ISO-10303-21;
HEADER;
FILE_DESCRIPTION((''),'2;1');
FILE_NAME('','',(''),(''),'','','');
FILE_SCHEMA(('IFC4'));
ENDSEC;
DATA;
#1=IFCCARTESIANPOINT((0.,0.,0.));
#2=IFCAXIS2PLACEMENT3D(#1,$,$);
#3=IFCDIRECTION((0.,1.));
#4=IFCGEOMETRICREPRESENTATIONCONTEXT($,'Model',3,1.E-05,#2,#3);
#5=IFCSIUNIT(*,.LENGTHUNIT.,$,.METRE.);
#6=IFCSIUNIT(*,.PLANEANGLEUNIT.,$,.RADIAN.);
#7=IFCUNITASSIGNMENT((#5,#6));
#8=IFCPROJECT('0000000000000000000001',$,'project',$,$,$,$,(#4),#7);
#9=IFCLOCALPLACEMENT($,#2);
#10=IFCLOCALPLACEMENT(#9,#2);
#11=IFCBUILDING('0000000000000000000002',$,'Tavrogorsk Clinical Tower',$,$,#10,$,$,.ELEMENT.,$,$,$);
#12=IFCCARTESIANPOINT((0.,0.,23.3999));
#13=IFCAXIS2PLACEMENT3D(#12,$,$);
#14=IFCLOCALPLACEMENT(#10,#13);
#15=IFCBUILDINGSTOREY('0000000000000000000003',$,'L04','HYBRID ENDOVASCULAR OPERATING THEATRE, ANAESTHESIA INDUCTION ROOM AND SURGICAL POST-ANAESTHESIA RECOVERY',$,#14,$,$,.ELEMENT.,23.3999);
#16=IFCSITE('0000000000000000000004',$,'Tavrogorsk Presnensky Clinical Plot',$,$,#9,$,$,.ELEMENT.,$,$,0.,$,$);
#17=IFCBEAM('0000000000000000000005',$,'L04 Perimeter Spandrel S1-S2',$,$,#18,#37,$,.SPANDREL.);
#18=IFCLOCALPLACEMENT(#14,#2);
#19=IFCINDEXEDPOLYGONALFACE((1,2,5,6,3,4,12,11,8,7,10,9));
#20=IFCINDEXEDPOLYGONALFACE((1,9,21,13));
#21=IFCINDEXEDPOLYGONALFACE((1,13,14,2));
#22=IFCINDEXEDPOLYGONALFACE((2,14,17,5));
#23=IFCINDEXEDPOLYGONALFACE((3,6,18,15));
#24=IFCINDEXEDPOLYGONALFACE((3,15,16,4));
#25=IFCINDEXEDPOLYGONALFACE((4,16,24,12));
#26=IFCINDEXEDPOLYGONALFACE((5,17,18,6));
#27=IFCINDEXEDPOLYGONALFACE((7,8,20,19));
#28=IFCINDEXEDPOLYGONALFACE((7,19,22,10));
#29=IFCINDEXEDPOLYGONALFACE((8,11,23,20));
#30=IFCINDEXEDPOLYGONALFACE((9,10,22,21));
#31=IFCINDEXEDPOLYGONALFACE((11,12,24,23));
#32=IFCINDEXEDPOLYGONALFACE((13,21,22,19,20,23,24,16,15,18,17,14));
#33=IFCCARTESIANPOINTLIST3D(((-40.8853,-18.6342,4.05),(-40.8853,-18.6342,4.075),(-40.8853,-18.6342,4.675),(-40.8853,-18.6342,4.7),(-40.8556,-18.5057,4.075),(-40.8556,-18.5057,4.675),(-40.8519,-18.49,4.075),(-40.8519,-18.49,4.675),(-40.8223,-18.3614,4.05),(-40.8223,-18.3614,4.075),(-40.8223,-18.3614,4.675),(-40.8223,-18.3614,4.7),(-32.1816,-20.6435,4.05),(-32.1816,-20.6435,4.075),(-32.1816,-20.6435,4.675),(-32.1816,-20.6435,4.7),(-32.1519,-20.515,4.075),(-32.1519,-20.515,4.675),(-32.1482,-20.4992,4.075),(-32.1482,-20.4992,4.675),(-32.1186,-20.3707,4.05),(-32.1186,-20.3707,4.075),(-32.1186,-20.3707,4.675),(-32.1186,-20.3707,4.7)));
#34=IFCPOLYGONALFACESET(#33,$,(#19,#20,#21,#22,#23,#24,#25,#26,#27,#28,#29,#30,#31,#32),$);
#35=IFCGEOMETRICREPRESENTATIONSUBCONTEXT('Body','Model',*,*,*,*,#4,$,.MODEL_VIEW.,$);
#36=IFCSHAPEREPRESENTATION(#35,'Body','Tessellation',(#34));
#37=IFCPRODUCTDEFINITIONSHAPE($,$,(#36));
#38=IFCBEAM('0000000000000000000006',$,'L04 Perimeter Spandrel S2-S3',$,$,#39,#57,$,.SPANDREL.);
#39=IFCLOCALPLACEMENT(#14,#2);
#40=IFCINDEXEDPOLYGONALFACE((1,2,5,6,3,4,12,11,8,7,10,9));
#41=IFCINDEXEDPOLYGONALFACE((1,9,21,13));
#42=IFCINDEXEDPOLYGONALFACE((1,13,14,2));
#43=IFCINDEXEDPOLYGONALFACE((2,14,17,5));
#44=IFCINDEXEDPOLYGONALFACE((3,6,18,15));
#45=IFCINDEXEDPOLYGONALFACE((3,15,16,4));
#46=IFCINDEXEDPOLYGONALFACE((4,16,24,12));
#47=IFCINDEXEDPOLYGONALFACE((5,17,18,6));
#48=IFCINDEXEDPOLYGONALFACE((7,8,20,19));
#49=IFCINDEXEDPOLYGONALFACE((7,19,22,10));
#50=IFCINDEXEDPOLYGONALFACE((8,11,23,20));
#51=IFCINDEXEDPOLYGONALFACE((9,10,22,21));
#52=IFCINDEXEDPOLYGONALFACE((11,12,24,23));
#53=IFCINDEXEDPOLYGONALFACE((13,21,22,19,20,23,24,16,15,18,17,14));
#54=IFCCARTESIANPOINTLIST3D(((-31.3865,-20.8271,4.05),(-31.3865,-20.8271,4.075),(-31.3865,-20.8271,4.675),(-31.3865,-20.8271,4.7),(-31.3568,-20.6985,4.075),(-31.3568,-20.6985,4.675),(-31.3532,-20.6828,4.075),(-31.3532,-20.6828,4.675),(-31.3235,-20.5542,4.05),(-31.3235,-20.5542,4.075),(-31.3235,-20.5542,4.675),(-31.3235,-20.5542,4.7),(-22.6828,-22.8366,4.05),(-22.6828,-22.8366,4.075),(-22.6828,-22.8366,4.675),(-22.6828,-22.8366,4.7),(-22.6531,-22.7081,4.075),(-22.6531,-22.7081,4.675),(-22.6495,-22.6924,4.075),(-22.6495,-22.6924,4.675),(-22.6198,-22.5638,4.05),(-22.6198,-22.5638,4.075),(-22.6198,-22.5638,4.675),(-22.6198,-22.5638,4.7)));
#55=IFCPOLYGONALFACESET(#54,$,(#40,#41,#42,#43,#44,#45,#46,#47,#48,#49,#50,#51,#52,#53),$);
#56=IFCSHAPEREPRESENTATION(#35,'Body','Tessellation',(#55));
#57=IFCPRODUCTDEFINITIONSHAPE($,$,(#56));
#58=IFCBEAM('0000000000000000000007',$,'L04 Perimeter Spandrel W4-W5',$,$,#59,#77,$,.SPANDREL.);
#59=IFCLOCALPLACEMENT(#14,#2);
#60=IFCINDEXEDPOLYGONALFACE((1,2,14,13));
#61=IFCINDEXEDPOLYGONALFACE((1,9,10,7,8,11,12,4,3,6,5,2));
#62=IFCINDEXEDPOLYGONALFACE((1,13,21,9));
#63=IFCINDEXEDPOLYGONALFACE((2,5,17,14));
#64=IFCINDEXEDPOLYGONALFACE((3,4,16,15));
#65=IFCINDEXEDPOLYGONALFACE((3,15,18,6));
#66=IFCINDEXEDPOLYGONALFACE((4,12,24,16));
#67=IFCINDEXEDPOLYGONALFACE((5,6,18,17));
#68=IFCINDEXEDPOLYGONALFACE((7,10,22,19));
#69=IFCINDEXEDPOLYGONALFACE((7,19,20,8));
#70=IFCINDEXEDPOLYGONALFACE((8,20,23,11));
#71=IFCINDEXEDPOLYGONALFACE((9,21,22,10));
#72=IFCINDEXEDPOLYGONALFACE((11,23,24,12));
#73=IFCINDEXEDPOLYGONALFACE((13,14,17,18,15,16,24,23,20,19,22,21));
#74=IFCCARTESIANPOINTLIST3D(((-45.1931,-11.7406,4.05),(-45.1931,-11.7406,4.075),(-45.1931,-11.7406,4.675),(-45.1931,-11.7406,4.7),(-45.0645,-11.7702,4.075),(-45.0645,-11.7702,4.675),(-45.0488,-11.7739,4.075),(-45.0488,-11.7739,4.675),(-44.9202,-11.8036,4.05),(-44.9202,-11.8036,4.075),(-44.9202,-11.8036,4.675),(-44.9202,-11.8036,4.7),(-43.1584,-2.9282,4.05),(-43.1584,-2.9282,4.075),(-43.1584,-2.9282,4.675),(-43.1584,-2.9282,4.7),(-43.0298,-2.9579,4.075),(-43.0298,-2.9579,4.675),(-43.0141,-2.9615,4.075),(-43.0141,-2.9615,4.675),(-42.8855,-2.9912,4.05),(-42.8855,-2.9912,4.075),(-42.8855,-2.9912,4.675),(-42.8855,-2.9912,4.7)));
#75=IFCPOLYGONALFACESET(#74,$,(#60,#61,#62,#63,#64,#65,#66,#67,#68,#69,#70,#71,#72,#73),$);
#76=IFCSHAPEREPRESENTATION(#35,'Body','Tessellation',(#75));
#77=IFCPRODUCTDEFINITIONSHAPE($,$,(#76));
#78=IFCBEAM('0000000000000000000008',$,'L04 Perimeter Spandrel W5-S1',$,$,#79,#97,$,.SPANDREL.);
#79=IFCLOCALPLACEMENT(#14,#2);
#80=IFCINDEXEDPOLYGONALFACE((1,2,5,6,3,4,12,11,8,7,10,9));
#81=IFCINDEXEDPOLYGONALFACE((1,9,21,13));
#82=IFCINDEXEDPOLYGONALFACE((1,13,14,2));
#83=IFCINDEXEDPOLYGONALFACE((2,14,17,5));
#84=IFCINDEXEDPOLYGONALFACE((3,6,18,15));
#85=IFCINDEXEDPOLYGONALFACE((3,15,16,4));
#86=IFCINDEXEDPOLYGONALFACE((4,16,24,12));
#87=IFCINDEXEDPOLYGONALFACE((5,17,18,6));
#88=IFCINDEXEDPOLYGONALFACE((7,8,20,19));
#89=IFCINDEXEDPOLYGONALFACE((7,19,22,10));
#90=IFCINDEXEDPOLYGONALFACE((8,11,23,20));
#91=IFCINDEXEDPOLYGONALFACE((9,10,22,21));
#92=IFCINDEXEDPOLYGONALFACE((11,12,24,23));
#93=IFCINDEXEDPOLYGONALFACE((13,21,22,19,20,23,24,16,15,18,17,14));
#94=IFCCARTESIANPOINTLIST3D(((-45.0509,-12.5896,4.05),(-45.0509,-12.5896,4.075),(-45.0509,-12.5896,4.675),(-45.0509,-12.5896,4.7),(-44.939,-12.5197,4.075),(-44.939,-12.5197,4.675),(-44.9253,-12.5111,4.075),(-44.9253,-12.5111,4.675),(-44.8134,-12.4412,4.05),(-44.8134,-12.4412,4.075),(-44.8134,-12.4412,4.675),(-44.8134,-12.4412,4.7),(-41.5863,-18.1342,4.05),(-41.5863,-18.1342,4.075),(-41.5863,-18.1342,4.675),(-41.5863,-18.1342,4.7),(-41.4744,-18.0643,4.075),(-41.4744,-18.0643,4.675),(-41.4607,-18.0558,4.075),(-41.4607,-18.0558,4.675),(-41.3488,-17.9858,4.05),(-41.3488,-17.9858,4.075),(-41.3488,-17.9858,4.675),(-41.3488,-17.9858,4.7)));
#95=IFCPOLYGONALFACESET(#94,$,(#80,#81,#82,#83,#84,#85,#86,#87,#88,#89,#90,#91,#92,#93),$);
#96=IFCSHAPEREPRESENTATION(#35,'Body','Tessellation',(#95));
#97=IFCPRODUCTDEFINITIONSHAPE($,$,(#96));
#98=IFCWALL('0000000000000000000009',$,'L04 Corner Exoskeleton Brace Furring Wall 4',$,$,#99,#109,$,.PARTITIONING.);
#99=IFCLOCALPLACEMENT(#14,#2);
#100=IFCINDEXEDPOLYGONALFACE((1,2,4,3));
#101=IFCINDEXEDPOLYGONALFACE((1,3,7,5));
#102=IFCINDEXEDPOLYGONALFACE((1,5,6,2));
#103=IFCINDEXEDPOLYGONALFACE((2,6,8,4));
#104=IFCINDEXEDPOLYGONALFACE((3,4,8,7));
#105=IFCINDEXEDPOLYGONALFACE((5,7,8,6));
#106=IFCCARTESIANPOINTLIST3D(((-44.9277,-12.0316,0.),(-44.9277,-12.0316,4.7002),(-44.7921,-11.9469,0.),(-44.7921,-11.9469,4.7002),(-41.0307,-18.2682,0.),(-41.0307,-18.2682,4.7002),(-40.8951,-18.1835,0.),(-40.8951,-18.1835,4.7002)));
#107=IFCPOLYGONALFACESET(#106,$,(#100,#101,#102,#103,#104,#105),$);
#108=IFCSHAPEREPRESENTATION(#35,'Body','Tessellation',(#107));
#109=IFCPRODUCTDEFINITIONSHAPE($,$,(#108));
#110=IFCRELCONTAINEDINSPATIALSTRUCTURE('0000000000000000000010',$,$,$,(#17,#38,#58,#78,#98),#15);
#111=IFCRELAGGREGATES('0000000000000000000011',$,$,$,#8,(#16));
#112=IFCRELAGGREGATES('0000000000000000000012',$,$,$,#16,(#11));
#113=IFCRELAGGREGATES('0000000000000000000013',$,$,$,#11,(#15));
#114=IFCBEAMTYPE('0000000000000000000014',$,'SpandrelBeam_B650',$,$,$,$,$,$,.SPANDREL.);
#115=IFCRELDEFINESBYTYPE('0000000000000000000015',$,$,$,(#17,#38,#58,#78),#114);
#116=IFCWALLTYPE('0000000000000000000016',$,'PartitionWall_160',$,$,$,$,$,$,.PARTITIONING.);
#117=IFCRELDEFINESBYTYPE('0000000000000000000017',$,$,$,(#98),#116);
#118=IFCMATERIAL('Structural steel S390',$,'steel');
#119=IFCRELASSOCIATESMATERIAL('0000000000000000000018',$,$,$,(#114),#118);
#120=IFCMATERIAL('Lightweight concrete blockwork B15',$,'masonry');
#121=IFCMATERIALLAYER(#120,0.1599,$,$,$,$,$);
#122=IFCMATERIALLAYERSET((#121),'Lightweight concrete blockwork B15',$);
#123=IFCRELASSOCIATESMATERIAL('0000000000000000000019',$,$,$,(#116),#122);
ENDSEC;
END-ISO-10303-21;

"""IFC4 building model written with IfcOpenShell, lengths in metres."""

from ifc_helpers import new_model, si_unit, direction, frame, frame_2d, origin, origin_2d, place, context, subcontext, project, spatial, rectangle, i_section, extrude, material, layer, layer_set, material_profile, profile_set, type_object, element, save


model = new_model("IFC4")

# Units and contexts
model_context = context("Model", 3, precision=1e-05, world=origin(), true_north=direction((0.0, 1.0)))
body_context = subcontext(model_context, "Body", "Model", "MODEL_VIEW")
ifc_project = project(units=[si_unit("LENGTHUNIT", "METRE"), si_unit("PLANEANGLEUNIT", "RADIAN")], contexts=[model_context])

# Site, building, storey
site_placement = place(None, origin())
site = spatial("IfcSite", under=ifc_project, at=site_placement, Name="Tavrogorsk Presnensky Clinical Plot", CompositionType="ELEMENT", RefElevation=0.0)
building_placement = place(site_placement, origin())
building = spatial("IfcBuilding", under=site, at=building_placement, Name="Tavrogorsk Clinical Tower", CompositionType="ELEMENT")
storey_placement = place(building_placement, frame((0.0, 0.0, 23.3999)))
storey = spatial("IfcBuildingStorey", under=building, at=storey_placement, Name="L04", Description="HYBRID ENDOVASCULAR OPERATING THEATRE, ANAESTHESIA INDUCTION ROOM AND SURGICAL POST-ANAESTHESIA RECOVERY", CompositionType="ELEMENT", Elevation=23.3999)

# Beams
ifc_material_1 = material(Name="Structural steel S390", Category="steel")
ifc_material_profile_1 = material_profile(ifc_material_1, i_section(OverallWidth=0.28, OverallDepth=0.6499, WebThickness=0.0161, FlangeThickness=0.0249, at=origin_2d()), Name="B-650x280x16x25")
ifc_profile_set_1 = profile_set([ifc_material_profile_1], Name="Structural steel S390")
beam_type_1 = type_object("IfcBeamType", Name="SpandrelBeam_B650", PredefinedType="SPANDREL", material=ifc_profile_set_1)
for number, where, z_axis, x_axis, name in (
    (1, (-40.8538, -18.4978, 4.375), (0.974373, -0.224939, 0.0), (0.224939, 0.974373, 0.0), "L04 Perimeter Spandrel S1-S2"),
    (2, (-31.355, -20.6907, 4.375), (0.974367, -0.224965, 0.0), (0.224965, 0.974367, 0.0), "L04 Perimeter Spandrel S2-S3"),
):
    element("IfcBeam", number, at=place(storey_placement, frame(where, z_axis=z_axis, x_axis=x_axis)), inside=storey, type_object=beam_type_1, Name=name, PredefinedType="SPANDREL", context=body_context, shape_type="SweptSolid", body=[
        extrude(i_section(OverallWidth=0.28, OverallDepth=0.6499, WebThickness=0.0161, FlangeThickness=0.0249, at=origin_2d()), origin(), (0.0, 0.0, 1.0), 8.9326),
    ])
beam_1_placement = place(storey_placement, frame((-43.022, -2.9597, 4.375), z_axis=(-0.224972, -0.974365, 0.0), x_axis=(0.974365, -0.224972, 0.0)))
element("IfcBeam", 3, at=beam_1_placement, inside=storey, type_object=beam_type_1, Name="L04 Perimeter Spandrel W4-W5", PredefinedType="SPANDREL", context=body_context, shape_type="SweptSolid", body=[
    extrude(i_section(OverallWidth=0.28, OverallDepth=0.6499, WebThickness=0.0161, FlangeThickness=0.0249, at=origin_2d()), origin(), (0.0, 0.0, 1.0), 9.0442),
])
beam_2_placement = place(storey_placement, frame((-44.9321, -12.5154, 4.375), z_axis=(0.529908, -0.848055, 0.0), x_axis=(0.848055, 0.529908, 0.0)))
element("IfcBeam", 4, at=beam_2_placement, inside=storey, type_object=beam_type_1, Name="L04 Perimeter Spandrel W5-S1", PredefinedType="SPANDREL", context=body_context, shape_type="SweptSolid", body=[
    extrude(i_section(OverallWidth=0.28, OverallDepth=0.6499, WebThickness=0.0161, FlangeThickness=0.0249, at=origin_2d()), origin(), (0.0, 0.0, 1.0), 6.5381),
])

# Wall
ifc_material_2 = material(Name="Lightweight concrete blockwork B15", Category="masonry")
ifc_layer_1 = layer(ifc_material_2, 0.1599)
ifc_layer_set_1 = layer_set([ifc_layer_1], Name="Lightweight concrete blockwork B15")
wall_type_1 = type_object("IfcWallType", Name="PartitionWall_160", PredefinedType="PARTITIONING", material=ifc_layer_set_1)
wall_1_placement = place(storey_placement, frame((-44.8599, -11.9893, 0.0), z_axis=(0.0, 0.0, 1.0), x_axis=(0.529912, -0.848052, 0.0)))
element("IfcWall", 5, at=wall_1_placement, inside=storey, type_object=wall_type_1, Name="L04 Corner Exoskeleton Brace Furring Wall 4", PredefinedType="PARTITIONING", context=body_context, shape_type="SweptSolid", body=[
    extrude(rectangle(XDim=7.354, YDim=0.1599, at=frame_2d((3.677, 0.0))), origin(), (0.0, 0.0, 1.0), 4.7002),
])

save(model, "model.ifc")
